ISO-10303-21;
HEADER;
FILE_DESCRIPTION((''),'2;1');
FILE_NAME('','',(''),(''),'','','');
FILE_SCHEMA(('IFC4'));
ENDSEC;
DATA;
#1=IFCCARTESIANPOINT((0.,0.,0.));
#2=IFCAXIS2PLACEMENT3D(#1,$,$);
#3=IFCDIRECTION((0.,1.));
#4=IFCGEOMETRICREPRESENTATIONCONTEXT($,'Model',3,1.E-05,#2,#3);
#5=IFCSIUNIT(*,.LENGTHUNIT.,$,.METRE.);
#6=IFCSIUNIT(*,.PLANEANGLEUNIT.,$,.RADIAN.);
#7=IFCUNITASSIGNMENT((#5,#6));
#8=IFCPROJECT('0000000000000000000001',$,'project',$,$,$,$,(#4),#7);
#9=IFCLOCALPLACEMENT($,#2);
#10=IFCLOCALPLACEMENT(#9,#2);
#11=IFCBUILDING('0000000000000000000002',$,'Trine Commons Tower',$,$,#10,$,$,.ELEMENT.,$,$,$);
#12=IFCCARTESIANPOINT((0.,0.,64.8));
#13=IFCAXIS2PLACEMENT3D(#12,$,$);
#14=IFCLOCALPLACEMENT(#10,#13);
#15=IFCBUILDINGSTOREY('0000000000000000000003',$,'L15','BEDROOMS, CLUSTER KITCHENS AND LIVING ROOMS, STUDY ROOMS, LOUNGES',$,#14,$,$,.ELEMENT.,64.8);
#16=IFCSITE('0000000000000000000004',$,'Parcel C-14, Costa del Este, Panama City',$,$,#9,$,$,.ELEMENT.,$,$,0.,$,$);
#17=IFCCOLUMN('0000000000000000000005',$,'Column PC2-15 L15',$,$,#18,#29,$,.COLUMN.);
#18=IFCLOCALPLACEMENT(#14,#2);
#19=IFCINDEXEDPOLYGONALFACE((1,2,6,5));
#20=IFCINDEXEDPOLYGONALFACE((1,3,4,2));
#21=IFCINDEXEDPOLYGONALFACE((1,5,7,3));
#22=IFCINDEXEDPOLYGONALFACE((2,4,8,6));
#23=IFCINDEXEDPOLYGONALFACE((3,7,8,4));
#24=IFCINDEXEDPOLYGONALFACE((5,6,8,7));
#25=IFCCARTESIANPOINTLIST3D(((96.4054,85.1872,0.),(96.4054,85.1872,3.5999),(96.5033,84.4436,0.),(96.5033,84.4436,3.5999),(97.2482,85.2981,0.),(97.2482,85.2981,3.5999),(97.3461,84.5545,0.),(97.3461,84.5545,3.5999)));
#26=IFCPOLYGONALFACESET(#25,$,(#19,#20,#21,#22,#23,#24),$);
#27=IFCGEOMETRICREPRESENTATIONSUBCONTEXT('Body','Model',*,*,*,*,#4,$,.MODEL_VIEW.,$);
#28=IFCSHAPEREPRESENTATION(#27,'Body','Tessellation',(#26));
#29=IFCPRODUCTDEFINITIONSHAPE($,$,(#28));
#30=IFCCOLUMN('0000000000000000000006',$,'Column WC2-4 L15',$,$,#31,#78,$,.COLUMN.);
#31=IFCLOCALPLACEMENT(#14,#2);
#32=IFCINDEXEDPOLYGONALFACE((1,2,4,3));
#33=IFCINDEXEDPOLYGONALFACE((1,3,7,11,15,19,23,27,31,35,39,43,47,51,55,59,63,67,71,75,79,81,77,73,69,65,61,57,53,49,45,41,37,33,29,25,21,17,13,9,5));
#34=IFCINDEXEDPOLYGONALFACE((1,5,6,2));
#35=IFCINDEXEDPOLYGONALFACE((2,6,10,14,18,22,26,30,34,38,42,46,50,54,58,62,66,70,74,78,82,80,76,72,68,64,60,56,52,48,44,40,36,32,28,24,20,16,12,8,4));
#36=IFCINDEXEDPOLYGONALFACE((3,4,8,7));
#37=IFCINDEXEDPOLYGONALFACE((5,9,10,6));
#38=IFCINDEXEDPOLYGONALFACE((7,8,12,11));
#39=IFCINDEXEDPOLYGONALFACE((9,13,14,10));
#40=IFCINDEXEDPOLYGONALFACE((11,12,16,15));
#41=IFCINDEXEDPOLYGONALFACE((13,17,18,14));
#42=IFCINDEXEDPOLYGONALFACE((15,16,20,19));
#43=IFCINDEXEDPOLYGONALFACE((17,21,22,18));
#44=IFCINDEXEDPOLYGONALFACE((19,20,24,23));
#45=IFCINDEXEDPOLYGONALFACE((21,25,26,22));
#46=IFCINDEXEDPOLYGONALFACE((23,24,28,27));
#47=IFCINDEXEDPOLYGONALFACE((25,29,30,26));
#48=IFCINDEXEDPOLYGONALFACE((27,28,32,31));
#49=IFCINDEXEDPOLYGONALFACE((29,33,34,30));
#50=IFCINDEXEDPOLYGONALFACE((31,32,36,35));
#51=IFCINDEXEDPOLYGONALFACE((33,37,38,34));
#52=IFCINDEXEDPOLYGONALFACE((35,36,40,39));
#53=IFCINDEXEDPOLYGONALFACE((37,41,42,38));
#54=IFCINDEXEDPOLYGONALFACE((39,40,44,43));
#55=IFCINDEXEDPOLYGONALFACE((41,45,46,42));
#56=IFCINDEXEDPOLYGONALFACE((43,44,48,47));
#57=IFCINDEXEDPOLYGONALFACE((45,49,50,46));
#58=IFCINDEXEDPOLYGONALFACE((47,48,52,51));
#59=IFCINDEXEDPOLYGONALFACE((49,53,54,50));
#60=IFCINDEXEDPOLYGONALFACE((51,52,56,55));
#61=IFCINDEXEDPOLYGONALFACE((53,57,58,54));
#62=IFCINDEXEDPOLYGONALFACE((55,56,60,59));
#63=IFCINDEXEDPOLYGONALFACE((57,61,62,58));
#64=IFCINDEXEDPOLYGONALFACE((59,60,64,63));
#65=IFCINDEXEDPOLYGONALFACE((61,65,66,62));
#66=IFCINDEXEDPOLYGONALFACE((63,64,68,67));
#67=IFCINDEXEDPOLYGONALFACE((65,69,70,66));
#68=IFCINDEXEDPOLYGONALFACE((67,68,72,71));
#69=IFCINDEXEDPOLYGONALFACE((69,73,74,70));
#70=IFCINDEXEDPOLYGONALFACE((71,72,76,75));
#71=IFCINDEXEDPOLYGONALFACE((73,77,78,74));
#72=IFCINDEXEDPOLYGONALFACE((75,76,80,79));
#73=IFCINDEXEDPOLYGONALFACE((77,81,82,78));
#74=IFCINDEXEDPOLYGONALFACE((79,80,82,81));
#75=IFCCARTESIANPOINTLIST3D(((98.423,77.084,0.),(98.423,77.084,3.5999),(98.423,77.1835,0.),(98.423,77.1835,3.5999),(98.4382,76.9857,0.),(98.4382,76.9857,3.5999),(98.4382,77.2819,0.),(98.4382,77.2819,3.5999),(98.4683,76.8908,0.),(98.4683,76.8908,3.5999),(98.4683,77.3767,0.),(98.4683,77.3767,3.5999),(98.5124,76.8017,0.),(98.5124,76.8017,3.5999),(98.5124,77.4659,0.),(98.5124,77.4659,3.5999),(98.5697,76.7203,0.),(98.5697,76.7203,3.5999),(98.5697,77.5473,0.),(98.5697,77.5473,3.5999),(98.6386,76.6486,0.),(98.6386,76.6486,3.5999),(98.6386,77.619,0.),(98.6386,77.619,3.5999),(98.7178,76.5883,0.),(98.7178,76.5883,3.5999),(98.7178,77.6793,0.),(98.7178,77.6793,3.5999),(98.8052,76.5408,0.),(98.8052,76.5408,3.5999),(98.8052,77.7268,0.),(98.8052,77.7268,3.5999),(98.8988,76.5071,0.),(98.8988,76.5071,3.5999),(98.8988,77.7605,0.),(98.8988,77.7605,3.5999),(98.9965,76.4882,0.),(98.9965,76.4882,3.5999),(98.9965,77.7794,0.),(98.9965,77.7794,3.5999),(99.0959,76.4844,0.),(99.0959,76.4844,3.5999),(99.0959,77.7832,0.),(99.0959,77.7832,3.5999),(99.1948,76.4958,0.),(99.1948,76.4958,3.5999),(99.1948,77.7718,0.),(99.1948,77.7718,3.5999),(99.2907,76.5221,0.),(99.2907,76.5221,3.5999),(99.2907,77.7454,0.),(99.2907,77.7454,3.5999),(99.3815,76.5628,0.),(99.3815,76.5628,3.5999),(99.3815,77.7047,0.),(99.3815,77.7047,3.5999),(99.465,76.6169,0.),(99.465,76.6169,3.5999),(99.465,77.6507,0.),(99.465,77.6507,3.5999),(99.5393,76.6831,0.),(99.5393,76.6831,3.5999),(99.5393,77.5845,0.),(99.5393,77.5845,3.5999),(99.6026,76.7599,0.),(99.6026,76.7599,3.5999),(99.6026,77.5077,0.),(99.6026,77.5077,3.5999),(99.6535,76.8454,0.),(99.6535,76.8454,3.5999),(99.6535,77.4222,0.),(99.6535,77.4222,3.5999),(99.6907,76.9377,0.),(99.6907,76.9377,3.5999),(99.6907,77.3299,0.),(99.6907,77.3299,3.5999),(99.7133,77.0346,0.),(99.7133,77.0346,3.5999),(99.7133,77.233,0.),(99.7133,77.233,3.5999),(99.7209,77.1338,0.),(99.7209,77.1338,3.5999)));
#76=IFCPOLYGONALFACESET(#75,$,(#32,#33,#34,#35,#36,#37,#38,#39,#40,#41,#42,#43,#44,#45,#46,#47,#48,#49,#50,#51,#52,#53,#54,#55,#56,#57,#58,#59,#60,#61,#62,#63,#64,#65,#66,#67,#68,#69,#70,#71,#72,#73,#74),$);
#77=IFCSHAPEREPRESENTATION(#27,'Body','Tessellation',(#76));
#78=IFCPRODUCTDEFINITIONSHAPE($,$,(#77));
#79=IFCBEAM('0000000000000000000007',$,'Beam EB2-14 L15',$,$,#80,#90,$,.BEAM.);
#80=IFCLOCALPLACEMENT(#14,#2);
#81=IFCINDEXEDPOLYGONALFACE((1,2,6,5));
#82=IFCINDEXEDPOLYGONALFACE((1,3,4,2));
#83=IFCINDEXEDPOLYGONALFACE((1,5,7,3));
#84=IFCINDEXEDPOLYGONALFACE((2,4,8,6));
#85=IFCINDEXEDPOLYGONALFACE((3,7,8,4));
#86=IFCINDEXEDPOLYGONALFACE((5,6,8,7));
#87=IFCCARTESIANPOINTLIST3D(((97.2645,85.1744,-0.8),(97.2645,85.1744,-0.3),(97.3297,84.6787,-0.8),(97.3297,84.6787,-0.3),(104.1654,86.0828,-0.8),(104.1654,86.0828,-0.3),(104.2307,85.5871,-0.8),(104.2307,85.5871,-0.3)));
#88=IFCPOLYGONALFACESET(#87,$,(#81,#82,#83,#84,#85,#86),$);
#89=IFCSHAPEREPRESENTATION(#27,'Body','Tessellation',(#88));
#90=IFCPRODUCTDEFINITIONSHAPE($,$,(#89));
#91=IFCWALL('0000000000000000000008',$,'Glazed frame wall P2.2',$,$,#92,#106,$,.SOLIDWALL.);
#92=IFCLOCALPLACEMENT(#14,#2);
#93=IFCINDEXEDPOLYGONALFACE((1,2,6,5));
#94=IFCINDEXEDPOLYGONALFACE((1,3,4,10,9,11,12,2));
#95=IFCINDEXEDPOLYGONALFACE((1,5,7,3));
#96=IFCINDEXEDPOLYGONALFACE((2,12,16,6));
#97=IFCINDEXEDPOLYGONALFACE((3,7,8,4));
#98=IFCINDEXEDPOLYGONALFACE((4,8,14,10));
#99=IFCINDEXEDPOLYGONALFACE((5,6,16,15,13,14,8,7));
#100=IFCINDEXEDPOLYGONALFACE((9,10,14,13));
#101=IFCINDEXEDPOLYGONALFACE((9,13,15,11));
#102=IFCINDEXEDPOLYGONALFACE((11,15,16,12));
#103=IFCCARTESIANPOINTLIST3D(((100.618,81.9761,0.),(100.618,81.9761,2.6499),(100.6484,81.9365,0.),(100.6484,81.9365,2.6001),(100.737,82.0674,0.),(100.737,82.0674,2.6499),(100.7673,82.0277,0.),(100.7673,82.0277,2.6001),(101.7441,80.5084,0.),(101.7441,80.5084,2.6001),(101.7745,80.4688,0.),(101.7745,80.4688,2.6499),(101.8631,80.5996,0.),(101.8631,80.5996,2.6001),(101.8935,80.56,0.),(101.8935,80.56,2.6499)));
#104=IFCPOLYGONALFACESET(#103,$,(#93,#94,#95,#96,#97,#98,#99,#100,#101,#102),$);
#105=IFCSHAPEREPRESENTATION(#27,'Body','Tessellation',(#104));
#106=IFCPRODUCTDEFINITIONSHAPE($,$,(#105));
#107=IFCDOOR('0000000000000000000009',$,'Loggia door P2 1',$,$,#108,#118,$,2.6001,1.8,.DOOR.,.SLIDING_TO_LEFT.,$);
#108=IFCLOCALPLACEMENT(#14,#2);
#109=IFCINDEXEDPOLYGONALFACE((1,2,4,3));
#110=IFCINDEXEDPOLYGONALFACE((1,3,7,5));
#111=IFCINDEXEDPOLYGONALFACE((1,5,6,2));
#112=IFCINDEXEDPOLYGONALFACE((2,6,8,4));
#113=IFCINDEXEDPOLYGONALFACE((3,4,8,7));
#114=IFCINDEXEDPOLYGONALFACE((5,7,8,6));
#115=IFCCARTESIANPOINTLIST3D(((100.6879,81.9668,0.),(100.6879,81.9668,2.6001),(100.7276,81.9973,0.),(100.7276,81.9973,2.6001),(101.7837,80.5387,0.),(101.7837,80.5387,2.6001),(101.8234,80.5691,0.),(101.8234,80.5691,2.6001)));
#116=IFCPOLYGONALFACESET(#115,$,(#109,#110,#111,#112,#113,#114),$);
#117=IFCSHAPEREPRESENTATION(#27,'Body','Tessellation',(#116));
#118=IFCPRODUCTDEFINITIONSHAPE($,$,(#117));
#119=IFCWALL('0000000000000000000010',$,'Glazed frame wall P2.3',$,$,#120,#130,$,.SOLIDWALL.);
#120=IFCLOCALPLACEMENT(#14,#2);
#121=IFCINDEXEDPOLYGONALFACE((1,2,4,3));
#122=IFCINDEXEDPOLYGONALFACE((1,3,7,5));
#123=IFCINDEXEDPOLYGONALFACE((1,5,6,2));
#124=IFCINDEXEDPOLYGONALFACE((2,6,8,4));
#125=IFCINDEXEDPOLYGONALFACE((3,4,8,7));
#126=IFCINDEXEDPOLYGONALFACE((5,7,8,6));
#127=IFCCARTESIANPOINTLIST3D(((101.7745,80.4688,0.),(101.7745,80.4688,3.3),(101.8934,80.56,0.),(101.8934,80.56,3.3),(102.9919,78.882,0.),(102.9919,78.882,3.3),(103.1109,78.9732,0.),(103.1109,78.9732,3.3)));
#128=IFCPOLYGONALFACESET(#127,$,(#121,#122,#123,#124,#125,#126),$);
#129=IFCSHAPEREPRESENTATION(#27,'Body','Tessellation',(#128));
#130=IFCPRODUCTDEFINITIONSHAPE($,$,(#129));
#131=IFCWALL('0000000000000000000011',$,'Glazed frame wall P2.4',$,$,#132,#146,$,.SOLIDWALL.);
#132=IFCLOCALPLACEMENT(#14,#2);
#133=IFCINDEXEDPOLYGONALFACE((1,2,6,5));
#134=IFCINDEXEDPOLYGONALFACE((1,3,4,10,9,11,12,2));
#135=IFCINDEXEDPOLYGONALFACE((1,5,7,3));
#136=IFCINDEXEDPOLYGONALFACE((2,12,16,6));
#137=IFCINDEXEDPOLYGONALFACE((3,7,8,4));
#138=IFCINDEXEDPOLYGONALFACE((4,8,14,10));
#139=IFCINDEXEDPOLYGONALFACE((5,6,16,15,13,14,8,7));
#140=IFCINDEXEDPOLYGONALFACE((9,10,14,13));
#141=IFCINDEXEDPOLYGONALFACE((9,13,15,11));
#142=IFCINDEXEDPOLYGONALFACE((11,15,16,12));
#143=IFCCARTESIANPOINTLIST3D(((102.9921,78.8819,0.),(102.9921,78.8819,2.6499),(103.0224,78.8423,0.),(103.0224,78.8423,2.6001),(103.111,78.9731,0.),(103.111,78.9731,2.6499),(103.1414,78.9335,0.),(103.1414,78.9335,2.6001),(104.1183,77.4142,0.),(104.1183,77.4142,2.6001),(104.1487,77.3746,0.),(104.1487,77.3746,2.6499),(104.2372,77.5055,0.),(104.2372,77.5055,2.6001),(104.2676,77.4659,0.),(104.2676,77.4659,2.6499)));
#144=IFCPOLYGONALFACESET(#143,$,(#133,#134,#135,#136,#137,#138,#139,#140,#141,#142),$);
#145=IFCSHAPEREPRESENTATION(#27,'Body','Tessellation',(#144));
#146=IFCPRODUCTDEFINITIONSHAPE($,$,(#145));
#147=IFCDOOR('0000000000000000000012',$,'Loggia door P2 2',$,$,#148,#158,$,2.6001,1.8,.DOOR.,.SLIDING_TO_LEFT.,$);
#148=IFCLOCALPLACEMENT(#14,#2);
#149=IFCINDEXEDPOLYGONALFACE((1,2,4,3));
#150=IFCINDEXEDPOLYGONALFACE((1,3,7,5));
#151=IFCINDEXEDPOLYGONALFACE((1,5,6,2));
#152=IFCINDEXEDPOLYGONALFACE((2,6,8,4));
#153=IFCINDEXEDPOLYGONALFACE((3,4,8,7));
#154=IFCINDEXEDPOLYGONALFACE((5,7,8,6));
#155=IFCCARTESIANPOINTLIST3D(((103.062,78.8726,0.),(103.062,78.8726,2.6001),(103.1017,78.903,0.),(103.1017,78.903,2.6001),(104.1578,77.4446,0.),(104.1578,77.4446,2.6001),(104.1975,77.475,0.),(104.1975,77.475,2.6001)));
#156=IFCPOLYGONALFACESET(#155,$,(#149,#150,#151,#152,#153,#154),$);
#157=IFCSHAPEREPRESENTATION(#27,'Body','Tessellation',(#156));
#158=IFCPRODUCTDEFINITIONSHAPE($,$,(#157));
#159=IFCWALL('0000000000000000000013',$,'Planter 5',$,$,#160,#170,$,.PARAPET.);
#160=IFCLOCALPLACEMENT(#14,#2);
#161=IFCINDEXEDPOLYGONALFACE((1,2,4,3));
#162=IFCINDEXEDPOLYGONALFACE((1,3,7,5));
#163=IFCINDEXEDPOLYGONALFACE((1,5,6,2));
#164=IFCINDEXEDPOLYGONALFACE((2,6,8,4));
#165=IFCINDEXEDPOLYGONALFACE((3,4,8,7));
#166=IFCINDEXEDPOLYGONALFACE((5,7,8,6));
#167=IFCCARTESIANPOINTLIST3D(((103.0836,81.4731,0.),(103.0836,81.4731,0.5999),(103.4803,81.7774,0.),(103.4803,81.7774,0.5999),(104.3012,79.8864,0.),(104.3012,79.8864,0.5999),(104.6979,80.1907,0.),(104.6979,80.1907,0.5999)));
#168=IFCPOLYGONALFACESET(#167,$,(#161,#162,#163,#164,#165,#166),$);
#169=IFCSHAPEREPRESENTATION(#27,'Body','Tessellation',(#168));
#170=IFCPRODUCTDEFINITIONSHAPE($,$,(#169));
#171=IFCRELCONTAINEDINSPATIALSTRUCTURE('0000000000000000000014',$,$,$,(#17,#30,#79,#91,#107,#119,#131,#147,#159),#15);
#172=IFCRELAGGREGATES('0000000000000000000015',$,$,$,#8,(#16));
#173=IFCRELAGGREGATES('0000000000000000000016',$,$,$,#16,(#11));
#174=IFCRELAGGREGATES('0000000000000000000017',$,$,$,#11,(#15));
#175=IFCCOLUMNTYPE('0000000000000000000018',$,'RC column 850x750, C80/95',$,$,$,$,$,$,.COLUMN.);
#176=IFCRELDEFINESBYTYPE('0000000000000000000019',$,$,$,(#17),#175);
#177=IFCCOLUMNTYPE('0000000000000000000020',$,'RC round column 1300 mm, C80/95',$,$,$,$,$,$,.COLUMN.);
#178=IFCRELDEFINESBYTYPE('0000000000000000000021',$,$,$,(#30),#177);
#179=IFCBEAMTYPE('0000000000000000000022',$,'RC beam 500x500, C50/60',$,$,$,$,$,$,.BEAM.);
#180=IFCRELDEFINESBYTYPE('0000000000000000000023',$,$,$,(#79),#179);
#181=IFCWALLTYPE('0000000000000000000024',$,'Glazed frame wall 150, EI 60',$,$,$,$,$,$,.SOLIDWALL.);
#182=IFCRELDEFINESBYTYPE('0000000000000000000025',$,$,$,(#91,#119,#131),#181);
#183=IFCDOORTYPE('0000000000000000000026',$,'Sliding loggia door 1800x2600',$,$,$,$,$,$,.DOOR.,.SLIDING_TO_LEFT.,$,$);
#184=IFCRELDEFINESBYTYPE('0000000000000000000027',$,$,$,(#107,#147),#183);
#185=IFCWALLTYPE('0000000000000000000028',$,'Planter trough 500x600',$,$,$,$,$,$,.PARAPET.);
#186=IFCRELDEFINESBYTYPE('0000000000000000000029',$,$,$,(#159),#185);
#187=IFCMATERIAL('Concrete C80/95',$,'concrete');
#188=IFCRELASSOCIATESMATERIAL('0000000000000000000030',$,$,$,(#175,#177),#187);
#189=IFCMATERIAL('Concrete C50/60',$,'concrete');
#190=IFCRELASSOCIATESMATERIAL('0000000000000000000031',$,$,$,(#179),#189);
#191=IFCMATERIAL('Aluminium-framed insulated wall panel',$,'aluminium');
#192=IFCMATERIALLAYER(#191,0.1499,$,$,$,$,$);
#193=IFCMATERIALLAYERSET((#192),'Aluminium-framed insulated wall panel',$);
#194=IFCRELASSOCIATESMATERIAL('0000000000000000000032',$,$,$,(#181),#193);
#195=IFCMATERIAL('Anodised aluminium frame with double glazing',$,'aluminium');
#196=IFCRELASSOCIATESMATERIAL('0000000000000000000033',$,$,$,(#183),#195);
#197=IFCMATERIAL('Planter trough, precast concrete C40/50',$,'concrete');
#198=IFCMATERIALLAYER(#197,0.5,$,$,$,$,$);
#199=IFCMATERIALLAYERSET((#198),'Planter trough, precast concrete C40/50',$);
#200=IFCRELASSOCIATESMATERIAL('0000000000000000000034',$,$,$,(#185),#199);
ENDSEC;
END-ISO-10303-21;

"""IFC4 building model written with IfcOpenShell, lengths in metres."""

from ifc_helpers import new_model, si_unit, direction, frame, frame_2d, origin, origin_2d, place, context, subcontext, project, spatial, polyline, rectangle, circle, outline, extrude, material, layer, layer_set, material_profile, profile_set, type_object, element, fill, save


model = new_model("IFC4")

# Units and contexts
model_context = context("Model", 3, precision=1e-05, world=origin(), true_north=direction((0.0, 1.0)))
body_context = subcontext(model_context, "Body", "Model", "MODEL_VIEW")
ifc_project = project(units=[si_unit("LENGTHUNIT", "METRE"), si_unit("PLANEANGLEUNIT", "RADIAN")], contexts=[model_context])

# Site, building, storey
site_placement = place(None, origin())
site = spatial("IfcSite", under=ifc_project, at=site_placement, Name="Parcel C-14, Costa del Este, Panama City", CompositionType="ELEMENT", RefElevation=0.0)
building_placement = place(site_placement, origin())
building = spatial("IfcBuilding", under=site, at=building_placement, Name="Trine Commons Tower", CompositionType="ELEMENT")
storey_placement = place(building_placement, frame((0.0, 0.0, 64.8)))
storey = spatial("IfcBuildingStorey", under=building, at=storey_placement, Name="L15", Description="BEDROOMS, CLUSTER KITCHENS AND LIVING ROOMS, STUDY ROOMS, LOUNGES", CompositionType="ELEMENT", Elevation=64.8)

# Columns
ifc_material_1 = material(Name="Concrete C80/95", Category="concrete")
ifc_material_profile_1 = material_profile(ifc_material_1, rectangle(XDim=0.8501, YDim=0.75, at=origin_2d()), Name="RC 850x750")
ifc_profile_set_1 = profile_set([ifc_material_profile_1], Name="Concrete C80/95")
column_type_1 = type_object("IfcColumnType", Name="RC column 850x750, C80/95", PredefinedType="COLUMN", material=ifc_profile_set_1)
column_1_placement = place(storey_placement, frame((96.8757, 84.8708, 0.0), z_axis=(0.0, 0.0, 1.0), x_axis=(0.991445, 0.130526, 0.0)))
element("IfcColumn", 1, at=column_1_placement, inside=storey, type_object=column_type_1, Name="Column PC2-15 L15", PredefinedType="COLUMN", context=body_context, shape_type="SweptSolid", body=[
    extrude(rectangle(XDim=0.8501, YDim=0.75, at=origin_2d()), origin(), (0.0, 0.0, 1.0), 3.5999),
])
ifc_material_profile_2 = material_profile(ifc_material_1, circle(Radius=0.6499, at=origin_2d()), Name="RC round 1300")
ifc_profile_set_2 = profile_set([ifc_material_profile_2], Name="Concrete C80/95")
column_type_2 = type_object("IfcColumnType", Name="RC round column 1300 mm, C80/95", PredefinedType="COLUMN", material=ifc_profile_set_2)
column_2_placement = place(storey_placement, frame((99.071, 77.1338, 0.0), z_axis=(0.0, 0.0, 1.0), x_axis=(1.0, 0.0, 0.0)))
element("IfcColumn", 2, at=column_2_placement, inside=storey, type_object=column_type_2, Name="Column WC2-4 L15", PredefinedType="COLUMN", context=body_context, shape_type="SweptSolid", body=[
    extrude(circle(Radius=0.6499, at=origin_2d()), origin(), (0.0, 0.0, 1.0), 3.5999),
])

# Beam
ifc_material_2 = material(Name="Concrete C50/60", Category="concrete")
ifc_material_profile_3 = material_profile(ifc_material_2, rectangle(XDim=0.5, YDim=0.5, at=origin_2d()), Name="RC 500x500")
ifc_profile_set_3 = profile_set([ifc_material_profile_3], Name="Concrete C50/60")
beam_type = type_object("IfcBeamType", Name="RC beam 500x500, C50/60", PredefinedType="BEAM", material=ifc_profile_set_3)
beam_placement = place(storey_placement, frame((97.2971, 84.9265, -0.55), z_axis=(0.991446, 0.130516, 0.0), x_axis=(-0.130516, 0.991446, 0.0)))
element("IfcBeam", 3, at=beam_placement, inside=storey, type_object=beam_type, Name="Beam EB2-14 L15", PredefinedType="BEAM", context=body_context, shape_type="SweptSolid", body=[
    extrude(rectangle(XDim=0.5, YDim=0.5, at=origin_2d()), origin(), (0.0, 0.0, 1.0), 6.9604),
])

# Shared definitions
ifc_material_3 = material(Name="Aluminium-framed insulated wall panel", Category="aluminium")
ifc_layer_1 = layer(ifc_material_3, 0.1499)
ifc_layer_set_1 = layer_set([ifc_layer_1], Name="Aluminium-framed insulated wall panel")
wall_type_1 = type_object("IfcWallType", Name="Glazed frame wall 150, EI 60", PredefinedType="SOLIDWALL", material=ifc_layer_set_1)

# Wall, opening, door
wall_1_placement = place(storey_placement, frame((100.6775, 82.0217, 0.0), z_axis=(0.0, 0.0, 1.0), x_axis=(0.608723, -0.793383, 0.0)))
wall_1 = element("IfcWall", 4, at=wall_1_placement, inside=storey, type_object=wall_type_1, Name="Glazed frame wall P2.2", PredefinedType="SOLIDWALL", context=body_context, shape_type="SweptSolid", body=[
    extrude(outline(polyline([(0.0, -0.075), (1.8999, -0.075), (1.8999, 0.075), (0.0, 0.075), (0.0, -0.075)])), origin(), (0.0, 0.0, 1.0), 2.6499),
])
opening_1_placement = place(wall_1_placement, frame((0.05, 0.0, 0.0)))
opening_1 = element("IfcOpeningElement", 5, at=opening_1_placement, cuts=wall_1, PredefinedType="OPENING", context=body_context, shape_type="SweptSolid", body=[
    extrude(rectangle(XDim=1.8, YDim=2.6001, at=frame_2d((0.8999, 1.3))), frame((0.0, 0.085, 0.0), z_axis=(0.0, -1.0, 0.0), x_axis=(1.0, 0.0, 0.0)), (0.0, 0.0, 1.0), 0.1699),
])
ifc_material_4 = material(Name="Anodised aluminium frame with double glazing", Category="aluminium")
door_type_1 = type_object("IfcDoorType", Name="Sliding loggia door 1800x2600", OperationType="SLIDING_TO_LEFT", PredefinedType="DOOR", material=ifc_material_4)
door_1_placement = place(opening_1_placement, origin())
door_1 = element("IfcDoor", 6, at=door_1_placement, inside=storey, type_object=door_type_1, Name="Loggia door P2 1", OperationType="SLIDING_TO_LEFT", OverallHeight=2.6001, OverallWidth=1.8, PredefinedType="DOOR", context=body_context, shape_type="SweptSolid", body=[
    extrude(rectangle(XDim=1.8, YDim=2.6001, at=frame_2d((0.8999, 1.3))), frame((0.0, 0.0249, 0.0), z_axis=(0.0, -1.0, 0.0), x_axis=(1.0, 0.0, 0.0)), (0.0, 0.0, 1.0), 0.05),
])
fill(opening_1, door_1)

# Wall
wall_2_placement = place(storey_placement, frame((101.834, 80.5144, 0.0), z_axis=(0.0, 0.0, 1.0), x_axis=(0.608713, -0.79339, 0.0)))
element("IfcWall", 7, at=wall_2_placement, inside=storey, type_object=wall_type_1, Name="Glazed frame wall P2.3", PredefinedType="SOLIDWALL", context=body_context, shape_type="SweptSolid", body=[
    extrude(outline(polyline([(0.0, -0.075), (2.0, -0.075), (2.0, 0.075), (0.0, 0.075), (0.0, -0.075)])), origin(), (0.0, 0.0, 1.0), 3.3),
])

# Wall, opening, door
wall_3_placement = place(storey_placement, frame((103.0515, 78.9275, 0.0), z_axis=(0.0, 0.0, 1.0), x_axis=(0.608804, -0.793321, 0.0)))
wall_3 = element("IfcWall", 8, at=wall_3_placement, inside=storey, type_object=wall_type_1, Name="Glazed frame wall P2.4", PredefinedType="SOLIDWALL", context=body_context, shape_type="SweptSolid", body=[
    extrude(outline(polyline([(0.0, -0.075), (1.8999, -0.075), (1.8999, 0.075), (0.0, 0.075), (0.0, -0.075)])), origin(), (0.0, 0.0, 1.0), 2.6499),
])
opening_2_placement = place(wall_3_placement, frame((0.05, 0.0, 0.0)))
opening_2 = element("IfcOpeningElement", 9, at=opening_2_placement, cuts=wall_3, PredefinedType="OPENING", context=body_context, shape_type="SweptSolid", body=[
    extrude(rectangle(XDim=1.8, YDim=2.6001, at=frame_2d((0.8999, 1.3))), frame((0.0, 0.085, 0.0), z_axis=(0.0, -1.0, 0.0), x_axis=(1.0, 0.0, 0.0)), (0.0, 0.0, 1.0), 0.1699),
])
door_2_placement = place(opening_2_placement, origin())
door_2 = element("IfcDoor", 10, at=door_2_placement, inside=storey, type_object=door_type_1, Name="Loggia door P2 2", OperationType="SLIDING_TO_LEFT", OverallHeight=2.6001, OverallWidth=1.8, PredefinedType="DOOR", context=body_context, shape_type="SweptSolid", body=[
    extrude(rectangle(XDim=1.8, YDim=2.6001, at=frame_2d((0.8999, 1.3))), frame((0.0, 0.0249, 0.0), z_axis=(0.0, -1.0, 0.0), x_axis=(1.0, 0.0, 0.0)), (0.0, 0.0, 1.0), 0.05),
])
fill(opening_2, door_2)

# Wall
ifc_material_5 = material(Name="Planter trough, precast concrete C40/50", Category="concrete")
ifc_layer_2 = layer(ifc_material_5, 0.5)
ifc_layer_set_2 = layer_set([ifc_layer_2], Name="Planter trough, precast concrete C40/50")
wall_type_2 = type_object("IfcWallType", Name="Planter trough 500x600", PredefinedType="PARAPET", material=ifc_layer_set_2)
wall_4_placement = place(storey_placement, frame((103.282, 81.6252, 0.0), z_axis=(0.0, 0.0, 1.0), x_axis=(0.608772, -0.793345, 0.0)))
element("IfcWall", 11, at=wall_4_placement, inside=storey, type_object=wall_type_2, Name="Planter 5", PredefinedType="PARAPET", context=body_context, shape_type="SweptSolid", body=[
    extrude(rectangle(XDim=2.0, YDim=0.5, at=frame_2d((1.0, 0.0))), origin(), (0.0, 0.0, 1.0), 0.5999),
])

save(model, "model.ifc")
